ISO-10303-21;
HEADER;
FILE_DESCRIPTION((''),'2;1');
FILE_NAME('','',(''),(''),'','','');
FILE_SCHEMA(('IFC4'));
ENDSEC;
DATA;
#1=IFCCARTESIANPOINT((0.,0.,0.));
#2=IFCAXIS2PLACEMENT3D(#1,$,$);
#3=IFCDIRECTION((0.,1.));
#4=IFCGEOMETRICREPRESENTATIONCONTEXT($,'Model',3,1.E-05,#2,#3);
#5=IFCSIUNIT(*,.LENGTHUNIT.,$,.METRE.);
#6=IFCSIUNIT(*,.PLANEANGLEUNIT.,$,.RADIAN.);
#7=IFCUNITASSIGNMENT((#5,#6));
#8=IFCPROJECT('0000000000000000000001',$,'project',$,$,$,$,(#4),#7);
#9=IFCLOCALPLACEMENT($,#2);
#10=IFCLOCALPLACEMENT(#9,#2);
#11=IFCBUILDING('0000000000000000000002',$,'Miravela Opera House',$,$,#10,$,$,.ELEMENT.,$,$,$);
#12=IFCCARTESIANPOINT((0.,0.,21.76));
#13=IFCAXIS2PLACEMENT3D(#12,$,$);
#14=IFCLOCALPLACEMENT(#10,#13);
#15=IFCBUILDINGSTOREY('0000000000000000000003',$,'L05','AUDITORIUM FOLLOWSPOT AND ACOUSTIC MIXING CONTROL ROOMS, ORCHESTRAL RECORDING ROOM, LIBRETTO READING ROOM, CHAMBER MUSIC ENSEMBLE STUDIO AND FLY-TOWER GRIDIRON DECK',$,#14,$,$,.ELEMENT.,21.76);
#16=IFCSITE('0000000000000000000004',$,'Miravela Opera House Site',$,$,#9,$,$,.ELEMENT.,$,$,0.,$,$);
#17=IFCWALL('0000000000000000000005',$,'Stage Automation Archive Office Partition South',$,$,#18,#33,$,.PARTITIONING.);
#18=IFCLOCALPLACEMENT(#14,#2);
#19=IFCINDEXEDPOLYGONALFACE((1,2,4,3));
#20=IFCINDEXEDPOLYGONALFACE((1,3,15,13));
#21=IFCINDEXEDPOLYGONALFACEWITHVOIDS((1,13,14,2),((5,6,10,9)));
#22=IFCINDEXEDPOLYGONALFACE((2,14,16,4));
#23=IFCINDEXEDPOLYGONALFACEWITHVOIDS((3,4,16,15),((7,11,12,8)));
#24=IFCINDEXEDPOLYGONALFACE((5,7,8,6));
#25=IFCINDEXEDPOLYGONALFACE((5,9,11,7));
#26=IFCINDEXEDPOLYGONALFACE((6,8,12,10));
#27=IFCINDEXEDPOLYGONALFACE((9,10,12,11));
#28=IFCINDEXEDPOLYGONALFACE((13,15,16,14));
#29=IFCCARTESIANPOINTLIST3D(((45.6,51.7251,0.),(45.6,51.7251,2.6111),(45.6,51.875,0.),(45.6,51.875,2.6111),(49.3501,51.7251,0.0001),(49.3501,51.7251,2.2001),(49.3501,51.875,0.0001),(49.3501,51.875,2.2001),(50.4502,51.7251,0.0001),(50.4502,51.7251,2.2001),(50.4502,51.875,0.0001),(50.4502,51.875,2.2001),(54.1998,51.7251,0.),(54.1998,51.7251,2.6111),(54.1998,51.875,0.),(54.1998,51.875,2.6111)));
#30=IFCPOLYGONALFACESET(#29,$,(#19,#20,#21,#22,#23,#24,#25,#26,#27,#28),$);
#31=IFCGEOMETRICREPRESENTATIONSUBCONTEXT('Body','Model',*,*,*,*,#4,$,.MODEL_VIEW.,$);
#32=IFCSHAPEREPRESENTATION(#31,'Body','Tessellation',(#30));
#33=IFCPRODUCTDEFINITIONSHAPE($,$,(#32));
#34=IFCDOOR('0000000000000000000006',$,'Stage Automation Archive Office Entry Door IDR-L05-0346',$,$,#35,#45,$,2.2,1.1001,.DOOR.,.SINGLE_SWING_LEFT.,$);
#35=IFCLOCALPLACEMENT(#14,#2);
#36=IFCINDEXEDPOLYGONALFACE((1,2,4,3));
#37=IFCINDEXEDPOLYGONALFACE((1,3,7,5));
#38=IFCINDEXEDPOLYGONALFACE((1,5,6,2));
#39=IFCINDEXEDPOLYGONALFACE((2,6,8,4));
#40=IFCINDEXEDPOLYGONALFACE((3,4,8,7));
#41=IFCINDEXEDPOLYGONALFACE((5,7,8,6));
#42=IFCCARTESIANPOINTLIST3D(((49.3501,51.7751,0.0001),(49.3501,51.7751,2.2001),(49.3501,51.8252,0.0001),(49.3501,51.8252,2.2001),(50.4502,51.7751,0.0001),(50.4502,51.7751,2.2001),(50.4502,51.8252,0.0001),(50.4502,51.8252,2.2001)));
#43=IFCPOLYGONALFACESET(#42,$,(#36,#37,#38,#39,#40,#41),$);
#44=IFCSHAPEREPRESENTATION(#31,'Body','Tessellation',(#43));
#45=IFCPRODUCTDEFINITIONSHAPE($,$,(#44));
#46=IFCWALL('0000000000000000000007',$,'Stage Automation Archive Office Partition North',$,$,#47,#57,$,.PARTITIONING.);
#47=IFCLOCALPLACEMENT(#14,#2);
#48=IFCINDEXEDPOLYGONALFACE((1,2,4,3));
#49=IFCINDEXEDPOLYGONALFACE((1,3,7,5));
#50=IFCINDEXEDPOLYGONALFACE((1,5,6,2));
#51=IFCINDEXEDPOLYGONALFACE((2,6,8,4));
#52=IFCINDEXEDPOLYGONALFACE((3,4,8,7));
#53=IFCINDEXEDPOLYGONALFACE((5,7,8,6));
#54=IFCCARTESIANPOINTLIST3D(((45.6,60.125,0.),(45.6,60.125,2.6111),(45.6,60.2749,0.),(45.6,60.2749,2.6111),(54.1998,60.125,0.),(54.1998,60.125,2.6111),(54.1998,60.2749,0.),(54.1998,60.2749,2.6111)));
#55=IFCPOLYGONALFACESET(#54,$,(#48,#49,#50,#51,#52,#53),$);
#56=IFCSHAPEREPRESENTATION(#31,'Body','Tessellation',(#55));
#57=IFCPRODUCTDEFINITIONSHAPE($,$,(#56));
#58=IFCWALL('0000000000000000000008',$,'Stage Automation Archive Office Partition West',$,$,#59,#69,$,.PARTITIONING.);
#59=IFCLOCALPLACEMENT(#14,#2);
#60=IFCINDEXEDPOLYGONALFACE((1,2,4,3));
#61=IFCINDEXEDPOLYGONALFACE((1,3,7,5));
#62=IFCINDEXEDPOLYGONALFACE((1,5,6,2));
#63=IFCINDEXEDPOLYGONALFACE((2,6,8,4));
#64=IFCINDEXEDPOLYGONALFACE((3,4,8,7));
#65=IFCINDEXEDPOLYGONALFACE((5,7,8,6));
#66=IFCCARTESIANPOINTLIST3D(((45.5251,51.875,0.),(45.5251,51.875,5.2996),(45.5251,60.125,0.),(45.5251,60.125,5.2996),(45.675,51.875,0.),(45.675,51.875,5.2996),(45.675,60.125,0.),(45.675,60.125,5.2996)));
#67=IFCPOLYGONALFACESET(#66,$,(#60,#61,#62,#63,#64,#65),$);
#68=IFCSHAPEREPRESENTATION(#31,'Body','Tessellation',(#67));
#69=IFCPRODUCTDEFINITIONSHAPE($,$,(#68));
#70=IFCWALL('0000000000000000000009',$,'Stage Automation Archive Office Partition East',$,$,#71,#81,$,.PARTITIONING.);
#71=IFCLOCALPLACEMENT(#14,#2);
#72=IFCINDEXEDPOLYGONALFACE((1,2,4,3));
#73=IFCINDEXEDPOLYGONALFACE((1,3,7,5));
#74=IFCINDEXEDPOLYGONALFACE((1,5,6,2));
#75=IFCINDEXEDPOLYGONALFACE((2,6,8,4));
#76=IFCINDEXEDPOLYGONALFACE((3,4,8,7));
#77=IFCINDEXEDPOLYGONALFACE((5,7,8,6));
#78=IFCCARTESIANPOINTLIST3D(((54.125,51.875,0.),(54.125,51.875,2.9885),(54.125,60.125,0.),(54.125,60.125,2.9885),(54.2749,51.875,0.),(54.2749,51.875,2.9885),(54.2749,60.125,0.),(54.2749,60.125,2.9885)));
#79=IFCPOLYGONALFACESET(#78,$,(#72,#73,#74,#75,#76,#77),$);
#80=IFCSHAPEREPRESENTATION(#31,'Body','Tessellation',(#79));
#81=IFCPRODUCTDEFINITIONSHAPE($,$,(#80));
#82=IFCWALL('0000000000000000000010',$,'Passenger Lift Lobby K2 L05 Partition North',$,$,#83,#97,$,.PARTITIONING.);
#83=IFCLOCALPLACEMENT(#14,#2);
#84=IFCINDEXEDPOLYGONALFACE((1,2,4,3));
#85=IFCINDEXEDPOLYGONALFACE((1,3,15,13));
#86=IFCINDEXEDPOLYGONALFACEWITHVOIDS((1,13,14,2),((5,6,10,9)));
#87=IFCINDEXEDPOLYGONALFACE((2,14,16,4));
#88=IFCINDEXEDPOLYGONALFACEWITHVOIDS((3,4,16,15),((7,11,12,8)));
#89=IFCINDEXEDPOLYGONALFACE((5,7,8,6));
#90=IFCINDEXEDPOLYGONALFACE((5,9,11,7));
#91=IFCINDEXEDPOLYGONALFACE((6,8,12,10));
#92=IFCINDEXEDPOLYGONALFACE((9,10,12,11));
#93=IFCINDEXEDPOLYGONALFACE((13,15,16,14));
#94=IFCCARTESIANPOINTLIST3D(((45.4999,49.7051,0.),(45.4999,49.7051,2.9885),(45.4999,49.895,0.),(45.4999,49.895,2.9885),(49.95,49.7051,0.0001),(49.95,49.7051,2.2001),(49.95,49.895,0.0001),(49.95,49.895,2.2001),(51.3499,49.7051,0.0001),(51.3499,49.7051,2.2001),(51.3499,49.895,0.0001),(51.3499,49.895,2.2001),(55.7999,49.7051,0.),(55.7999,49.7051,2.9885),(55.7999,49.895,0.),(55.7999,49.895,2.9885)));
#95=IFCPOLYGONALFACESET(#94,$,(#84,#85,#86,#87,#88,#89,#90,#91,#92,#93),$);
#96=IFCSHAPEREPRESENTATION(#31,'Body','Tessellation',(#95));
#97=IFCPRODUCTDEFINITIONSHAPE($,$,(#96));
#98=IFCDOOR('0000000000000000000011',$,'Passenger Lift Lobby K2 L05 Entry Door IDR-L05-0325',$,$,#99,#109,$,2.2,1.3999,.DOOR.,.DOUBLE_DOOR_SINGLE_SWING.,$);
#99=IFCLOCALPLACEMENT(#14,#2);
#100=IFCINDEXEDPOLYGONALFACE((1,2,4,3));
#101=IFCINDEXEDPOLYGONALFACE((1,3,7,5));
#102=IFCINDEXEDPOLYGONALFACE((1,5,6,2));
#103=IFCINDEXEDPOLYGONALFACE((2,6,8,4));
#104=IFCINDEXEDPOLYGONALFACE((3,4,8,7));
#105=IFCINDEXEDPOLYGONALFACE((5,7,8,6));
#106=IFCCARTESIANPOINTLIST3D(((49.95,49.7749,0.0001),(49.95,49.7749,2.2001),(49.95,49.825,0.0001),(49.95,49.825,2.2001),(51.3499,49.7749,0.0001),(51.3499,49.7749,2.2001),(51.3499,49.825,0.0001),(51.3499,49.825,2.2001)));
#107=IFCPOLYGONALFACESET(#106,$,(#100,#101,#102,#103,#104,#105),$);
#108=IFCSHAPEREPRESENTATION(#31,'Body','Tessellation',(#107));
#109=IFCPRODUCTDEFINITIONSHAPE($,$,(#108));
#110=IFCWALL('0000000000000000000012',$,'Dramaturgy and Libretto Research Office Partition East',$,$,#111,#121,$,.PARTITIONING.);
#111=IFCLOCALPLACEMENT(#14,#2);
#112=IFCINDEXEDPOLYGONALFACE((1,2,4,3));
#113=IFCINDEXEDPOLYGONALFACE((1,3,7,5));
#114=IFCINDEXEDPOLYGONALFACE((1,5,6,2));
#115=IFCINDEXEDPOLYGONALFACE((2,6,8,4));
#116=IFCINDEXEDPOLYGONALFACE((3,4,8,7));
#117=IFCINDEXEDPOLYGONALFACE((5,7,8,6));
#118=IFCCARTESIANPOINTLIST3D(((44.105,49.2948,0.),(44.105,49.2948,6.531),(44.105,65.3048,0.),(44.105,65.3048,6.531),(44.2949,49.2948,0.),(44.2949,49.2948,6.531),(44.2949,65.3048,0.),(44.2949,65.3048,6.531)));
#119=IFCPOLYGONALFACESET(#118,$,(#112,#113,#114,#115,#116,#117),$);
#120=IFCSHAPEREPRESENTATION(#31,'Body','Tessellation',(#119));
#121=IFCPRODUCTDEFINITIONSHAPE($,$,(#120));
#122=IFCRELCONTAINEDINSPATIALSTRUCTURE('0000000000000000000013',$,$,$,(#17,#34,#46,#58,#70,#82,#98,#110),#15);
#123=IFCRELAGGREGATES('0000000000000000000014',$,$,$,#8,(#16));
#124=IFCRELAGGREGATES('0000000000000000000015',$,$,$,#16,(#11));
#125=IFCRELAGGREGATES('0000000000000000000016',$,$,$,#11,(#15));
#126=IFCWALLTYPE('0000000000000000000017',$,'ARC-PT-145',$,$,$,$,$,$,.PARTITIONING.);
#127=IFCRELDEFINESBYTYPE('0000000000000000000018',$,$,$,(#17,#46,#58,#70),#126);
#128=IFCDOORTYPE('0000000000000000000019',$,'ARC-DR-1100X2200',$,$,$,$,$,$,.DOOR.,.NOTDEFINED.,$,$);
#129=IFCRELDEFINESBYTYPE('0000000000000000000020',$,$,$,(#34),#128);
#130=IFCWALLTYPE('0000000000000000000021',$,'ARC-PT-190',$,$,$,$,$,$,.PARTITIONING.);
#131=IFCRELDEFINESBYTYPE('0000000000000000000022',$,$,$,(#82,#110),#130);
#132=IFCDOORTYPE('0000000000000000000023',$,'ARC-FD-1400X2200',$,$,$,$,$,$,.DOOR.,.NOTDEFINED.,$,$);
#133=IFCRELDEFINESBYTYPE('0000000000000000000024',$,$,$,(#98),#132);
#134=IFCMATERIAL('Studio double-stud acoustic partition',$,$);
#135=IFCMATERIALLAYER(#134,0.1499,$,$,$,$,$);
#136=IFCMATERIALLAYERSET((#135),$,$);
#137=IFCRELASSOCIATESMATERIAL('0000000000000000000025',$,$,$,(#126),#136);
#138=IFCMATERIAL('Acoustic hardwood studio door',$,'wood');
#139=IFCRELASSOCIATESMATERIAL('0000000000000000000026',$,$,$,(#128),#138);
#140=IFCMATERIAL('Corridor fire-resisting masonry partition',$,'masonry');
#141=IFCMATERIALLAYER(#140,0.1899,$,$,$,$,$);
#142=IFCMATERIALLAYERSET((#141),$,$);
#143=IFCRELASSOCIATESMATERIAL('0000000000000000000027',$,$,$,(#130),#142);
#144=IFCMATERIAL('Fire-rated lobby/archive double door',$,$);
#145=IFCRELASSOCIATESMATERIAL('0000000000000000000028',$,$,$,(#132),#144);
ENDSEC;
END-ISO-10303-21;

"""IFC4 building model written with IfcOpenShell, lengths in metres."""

from ifc_helpers import new_model, si_unit, direction, frame, frame_2d, origin, place, context, subcontext, project, spatial, rectangle, extrude, material, layer, layer_set, type_object, element, fill, save


model = new_model("IFC4")

# Units and contexts
model_context = context("Model", 3, precision=1e-05, world=origin(), true_north=direction((0.0, 1.0)))
body_context = subcontext(model_context, "Body", "Model", "MODEL_VIEW")
ifc_project = project(units=[si_unit("LENGTHUNIT", "METRE"), si_unit("PLANEANGLEUNIT", "RADIAN")], contexts=[model_context])

# Site, building, storey
site_placement = place(None, origin())
site = spatial("IfcSite", under=ifc_project, at=site_placement, Name="Miravela Opera House Site", CompositionType="ELEMENT", RefElevation=0.0)
building_placement = place(site_placement, origin())
building = spatial("IfcBuilding", under=site, at=building_placement, Name="Miravela Opera House", CompositionType="ELEMENT")
storey_placement = place(building_placement, frame((0.0, 0.0, 21.76)))
storey = spatial("IfcBuildingStorey", under=building, at=storey_placement, Name="L05", Description="AUDITORIUM FOLLOWSPOT AND ACOUSTIC MIXING CONTROL ROOMS, ORCHESTRAL RECORDING ROOM, LIBRETTO READING ROOM, CHAMBER MUSIC ENSEMBLE STUDIO AND FLY-TOWER GRIDIRON DECK", CompositionType="ELEMENT", Elevation=21.76)

# Wall, opening, door
ifc_material_1 = material(Name="Studio double-stud acoustic partition")
ifc_layer_1 = layer(ifc_material_1, 0.1499)
ifc_layer_set_1 = layer_set([ifc_layer_1])
wall_type_1 = type_object("IfcWallType", Name="ARC-PT-145", PredefinedType="PARTITIONING", material=ifc_layer_set_1)
wall_1_placement = place(storey_placement, frame((45.6001, 51.8, 0.0), z_axis=(0.0, 0.0, 1.0), x_axis=(1.0, 0.0, 0.0)))
wall_1 = element("IfcWall", 1, at=wall_1_placement, inside=storey, type_object=wall_type_1, Name="Stage Automation Archive Office Partition South", PredefinedType="PARTITIONING", context=body_context, shape_type="SweptSolid", body=[
    extrude(rectangle(XDim=8.5999, YDim=0.1499, at=frame_2d((4.2998, 0.0))), origin(), (0.0, 0.0, 1.0), 2.6111),
])
opening_1_placement = place(wall_1_placement, frame((3.75, 0.0, 0.0)))
opening_1 = element("IfcOpeningElement", 2, at=opening_1_placement, cuts=wall_1, PredefinedType="OPENING", context=body_context, shape_type="SweptSolid", body=[
    extrude(rectangle(XDim=1.1001, YDim=2.2, at=frame_2d((0.55, 1.1001))), frame((0.0, 0.085, 0.0), z_axis=(0.0, -1.0, 0.0), x_axis=(1.0, 0.0, 0.0)), (0.0, 0.0, 1.0), 0.1699),
])
ifc_material_2 = material(Name="Acoustic hardwood studio door", Category="wood")
door_type_1 = type_object("IfcDoorType", Name="ARC-DR-1100X2200", OperationType="NOTDEFINED", PredefinedType="DOOR", material=ifc_material_2)
door_1_placement = place(opening_1_placement, frame((1.1001, 0.0, 0.0), z_axis=(0.0, 0.0, 1.0), x_axis=(-1.0, 0.0, 0.0)))
door_1 = element("IfcDoor", 3, at=door_1_placement, inside=storey, type_object=door_type_1, Name="Stage Automation Archive Office Entry Door IDR-L05-0346", OperationType="SINGLE_SWING_LEFT", OverallHeight=2.2, OverallWidth=1.1001, PredefinedType="DOOR", context=body_context, shape_type="SweptSolid", body=[
    extrude(rectangle(XDim=1.1001, YDim=2.2, at=frame_2d((0.55, 1.1001))), frame((0.0, 0.0249, 0.0), z_axis=(0.0, -1.0, 0.0), x_axis=(1.0, 0.0, 0.0)), (0.0, 0.0, 1.0), 0.05),
])
fill(opening_1, door_1)

# Walls
wall_2_placement = place(storey_placement, frame((45.6001, 60.2, 0.0), z_axis=(0.0, 0.0, 1.0), x_axis=(1.0, 0.0, 0.0)))
element("IfcWall", 4, at=wall_2_placement, inside=storey, type_object=wall_type_1, Name="Stage Automation Archive Office Partition North", PredefinedType="PARTITIONING", context=body_context, shape_type="SweptSolid", body=[
    extrude(rectangle(XDim=8.5999, YDim=0.1499, at=frame_2d((4.2998, 0.0))), origin(), (0.0, 0.0, 1.0), 2.6111),
])
wall_3_placement = place(storey_placement, frame((45.6001, 51.875, 0.0), z_axis=(0.0, 0.0, 1.0), x_axis=(0.0, 1.0, 0.0)))
element("IfcWall", 5, at=wall_3_placement, inside=storey, type_object=wall_type_1, Name="Stage Automation Archive Office Partition West", PredefinedType="PARTITIONING", context=body_context, shape_type="SweptSolid", body=[
    extrude(rectangle(XDim=8.25, YDim=0.1499, at=frame_2d((4.125, 0.0))), origin(), (0.0, 0.0, 1.0), 5.2996),
])
wall_4_placement = place(storey_placement, frame((54.2, 51.875, 0.0), z_axis=(0.0, 0.0, 1.0), x_axis=(0.0, 1.0, 0.0)))
element("IfcWall", 6, at=wall_4_placement, inside=storey, type_object=wall_type_1, Name="Stage Automation Archive Office Partition East", PredefinedType="PARTITIONING", context=body_context, shape_type="SweptSolid", body=[
    extrude(rectangle(XDim=8.25, YDim=0.1499, at=frame_2d((4.125, 0.0))), origin(), (0.0, 0.0, 1.0), 2.9885),
])

# Wall, opening, door
ifc_material_3 = material(Name="Corridor fire-resisting masonry partition", Category="masonry")
ifc_layer_2 = layer(ifc_material_3, 0.1899)
ifc_layer_set_2 = layer_set([ifc_layer_2])
wall_type_2 = type_object("IfcWallType", Name="ARC-PT-190", PredefinedType="PARTITIONING", material=ifc_layer_set_2)
wall_5_placement = place(storey_placement, frame((45.5, 49.8, 0.0), z_axis=(0.0, 0.0, 1.0), x_axis=(1.0, 0.0, 0.0)))
wall_5 = element("IfcWall", 7, at=wall_5_placement, inside=storey, type_object=wall_type_2, Name="Passenger Lift Lobby K2 L05 Partition North", PredefinedType="PARTITIONING", context=body_context, shape_type="SweptSolid", body=[
    extrude(rectangle(XDim=10.3, YDim=0.1899, at=frame_2d((5.1499, 0.0))), origin(), (0.0, 0.0, 1.0), 2.9885),
])
opening_2_placement = place(wall_5_placement, frame((4.45, 0.0, 0.0)))
opening_2 = element("IfcOpeningElement", 8, at=opening_2_placement, cuts=wall_5, PredefinedType="OPENING", context=body_context, shape_type="SweptSolid", body=[
    extrude(rectangle(XDim=1.3999, YDim=2.2, at=frame_2d((0.7, 1.1001))), frame((0.0, 0.105, 0.0), z_axis=(0.0, -1.0, 0.0), x_axis=(1.0, 0.0, 0.0)), (0.0, 0.0, 1.0), 0.21),
])
ifc_material_4 = material(Name="Fire-rated lobby/archive double door")
door_type_2 = type_object("IfcDoorType", Name="ARC-FD-1400X2200", OperationType="NOTDEFINED", PredefinedType="DOOR", material=ifc_material_4)
door_2_placement = place(opening_2_placement, origin())
door_2 = element("IfcDoor", 9, at=door_2_placement, inside=storey, type_object=door_type_2, Name="Passenger Lift Lobby K2 L05 Entry Door IDR-L05-0325", OperationType="DOUBLE_DOOR_SINGLE_SWING", OverallHeight=2.2, OverallWidth=1.3999, PredefinedType="DOOR", context=body_context, shape_type="SweptSolid", body=[
    extrude(rectangle(XDim=1.3999, YDim=2.2, at=frame_2d((0.7, 1.1001))), frame((0.0, 0.0249, 0.0), z_axis=(0.0, -1.0, 0.0), x_axis=(1.0, 0.0, 0.0)), (0.0, 0.0, 1.0), 0.05),
])
fill(opening_2, door_2)

# Wall
wall_6_placement = place(storey_placement, frame((44.2, 49.2949, 0.0), z_axis=(0.0, 0.0, 1.0), x_axis=(0.0, 1.0, 0.0)))
element("IfcWall", 10, at=wall_6_placement, inside=storey, type_object=wall_type_2, Name="Dramaturgy and Libretto Research Office Partition East", PredefinedType="PARTITIONING", context=body_context, shape_type="SweptSolid", body=[
    extrude(rectangle(XDim=16.01, YDim=0.1899, at=frame_2d((8.0049, 0.0))), origin(), (0.0, 0.0, 1.0), 6.531),
])

save(model, "model.ifc")
